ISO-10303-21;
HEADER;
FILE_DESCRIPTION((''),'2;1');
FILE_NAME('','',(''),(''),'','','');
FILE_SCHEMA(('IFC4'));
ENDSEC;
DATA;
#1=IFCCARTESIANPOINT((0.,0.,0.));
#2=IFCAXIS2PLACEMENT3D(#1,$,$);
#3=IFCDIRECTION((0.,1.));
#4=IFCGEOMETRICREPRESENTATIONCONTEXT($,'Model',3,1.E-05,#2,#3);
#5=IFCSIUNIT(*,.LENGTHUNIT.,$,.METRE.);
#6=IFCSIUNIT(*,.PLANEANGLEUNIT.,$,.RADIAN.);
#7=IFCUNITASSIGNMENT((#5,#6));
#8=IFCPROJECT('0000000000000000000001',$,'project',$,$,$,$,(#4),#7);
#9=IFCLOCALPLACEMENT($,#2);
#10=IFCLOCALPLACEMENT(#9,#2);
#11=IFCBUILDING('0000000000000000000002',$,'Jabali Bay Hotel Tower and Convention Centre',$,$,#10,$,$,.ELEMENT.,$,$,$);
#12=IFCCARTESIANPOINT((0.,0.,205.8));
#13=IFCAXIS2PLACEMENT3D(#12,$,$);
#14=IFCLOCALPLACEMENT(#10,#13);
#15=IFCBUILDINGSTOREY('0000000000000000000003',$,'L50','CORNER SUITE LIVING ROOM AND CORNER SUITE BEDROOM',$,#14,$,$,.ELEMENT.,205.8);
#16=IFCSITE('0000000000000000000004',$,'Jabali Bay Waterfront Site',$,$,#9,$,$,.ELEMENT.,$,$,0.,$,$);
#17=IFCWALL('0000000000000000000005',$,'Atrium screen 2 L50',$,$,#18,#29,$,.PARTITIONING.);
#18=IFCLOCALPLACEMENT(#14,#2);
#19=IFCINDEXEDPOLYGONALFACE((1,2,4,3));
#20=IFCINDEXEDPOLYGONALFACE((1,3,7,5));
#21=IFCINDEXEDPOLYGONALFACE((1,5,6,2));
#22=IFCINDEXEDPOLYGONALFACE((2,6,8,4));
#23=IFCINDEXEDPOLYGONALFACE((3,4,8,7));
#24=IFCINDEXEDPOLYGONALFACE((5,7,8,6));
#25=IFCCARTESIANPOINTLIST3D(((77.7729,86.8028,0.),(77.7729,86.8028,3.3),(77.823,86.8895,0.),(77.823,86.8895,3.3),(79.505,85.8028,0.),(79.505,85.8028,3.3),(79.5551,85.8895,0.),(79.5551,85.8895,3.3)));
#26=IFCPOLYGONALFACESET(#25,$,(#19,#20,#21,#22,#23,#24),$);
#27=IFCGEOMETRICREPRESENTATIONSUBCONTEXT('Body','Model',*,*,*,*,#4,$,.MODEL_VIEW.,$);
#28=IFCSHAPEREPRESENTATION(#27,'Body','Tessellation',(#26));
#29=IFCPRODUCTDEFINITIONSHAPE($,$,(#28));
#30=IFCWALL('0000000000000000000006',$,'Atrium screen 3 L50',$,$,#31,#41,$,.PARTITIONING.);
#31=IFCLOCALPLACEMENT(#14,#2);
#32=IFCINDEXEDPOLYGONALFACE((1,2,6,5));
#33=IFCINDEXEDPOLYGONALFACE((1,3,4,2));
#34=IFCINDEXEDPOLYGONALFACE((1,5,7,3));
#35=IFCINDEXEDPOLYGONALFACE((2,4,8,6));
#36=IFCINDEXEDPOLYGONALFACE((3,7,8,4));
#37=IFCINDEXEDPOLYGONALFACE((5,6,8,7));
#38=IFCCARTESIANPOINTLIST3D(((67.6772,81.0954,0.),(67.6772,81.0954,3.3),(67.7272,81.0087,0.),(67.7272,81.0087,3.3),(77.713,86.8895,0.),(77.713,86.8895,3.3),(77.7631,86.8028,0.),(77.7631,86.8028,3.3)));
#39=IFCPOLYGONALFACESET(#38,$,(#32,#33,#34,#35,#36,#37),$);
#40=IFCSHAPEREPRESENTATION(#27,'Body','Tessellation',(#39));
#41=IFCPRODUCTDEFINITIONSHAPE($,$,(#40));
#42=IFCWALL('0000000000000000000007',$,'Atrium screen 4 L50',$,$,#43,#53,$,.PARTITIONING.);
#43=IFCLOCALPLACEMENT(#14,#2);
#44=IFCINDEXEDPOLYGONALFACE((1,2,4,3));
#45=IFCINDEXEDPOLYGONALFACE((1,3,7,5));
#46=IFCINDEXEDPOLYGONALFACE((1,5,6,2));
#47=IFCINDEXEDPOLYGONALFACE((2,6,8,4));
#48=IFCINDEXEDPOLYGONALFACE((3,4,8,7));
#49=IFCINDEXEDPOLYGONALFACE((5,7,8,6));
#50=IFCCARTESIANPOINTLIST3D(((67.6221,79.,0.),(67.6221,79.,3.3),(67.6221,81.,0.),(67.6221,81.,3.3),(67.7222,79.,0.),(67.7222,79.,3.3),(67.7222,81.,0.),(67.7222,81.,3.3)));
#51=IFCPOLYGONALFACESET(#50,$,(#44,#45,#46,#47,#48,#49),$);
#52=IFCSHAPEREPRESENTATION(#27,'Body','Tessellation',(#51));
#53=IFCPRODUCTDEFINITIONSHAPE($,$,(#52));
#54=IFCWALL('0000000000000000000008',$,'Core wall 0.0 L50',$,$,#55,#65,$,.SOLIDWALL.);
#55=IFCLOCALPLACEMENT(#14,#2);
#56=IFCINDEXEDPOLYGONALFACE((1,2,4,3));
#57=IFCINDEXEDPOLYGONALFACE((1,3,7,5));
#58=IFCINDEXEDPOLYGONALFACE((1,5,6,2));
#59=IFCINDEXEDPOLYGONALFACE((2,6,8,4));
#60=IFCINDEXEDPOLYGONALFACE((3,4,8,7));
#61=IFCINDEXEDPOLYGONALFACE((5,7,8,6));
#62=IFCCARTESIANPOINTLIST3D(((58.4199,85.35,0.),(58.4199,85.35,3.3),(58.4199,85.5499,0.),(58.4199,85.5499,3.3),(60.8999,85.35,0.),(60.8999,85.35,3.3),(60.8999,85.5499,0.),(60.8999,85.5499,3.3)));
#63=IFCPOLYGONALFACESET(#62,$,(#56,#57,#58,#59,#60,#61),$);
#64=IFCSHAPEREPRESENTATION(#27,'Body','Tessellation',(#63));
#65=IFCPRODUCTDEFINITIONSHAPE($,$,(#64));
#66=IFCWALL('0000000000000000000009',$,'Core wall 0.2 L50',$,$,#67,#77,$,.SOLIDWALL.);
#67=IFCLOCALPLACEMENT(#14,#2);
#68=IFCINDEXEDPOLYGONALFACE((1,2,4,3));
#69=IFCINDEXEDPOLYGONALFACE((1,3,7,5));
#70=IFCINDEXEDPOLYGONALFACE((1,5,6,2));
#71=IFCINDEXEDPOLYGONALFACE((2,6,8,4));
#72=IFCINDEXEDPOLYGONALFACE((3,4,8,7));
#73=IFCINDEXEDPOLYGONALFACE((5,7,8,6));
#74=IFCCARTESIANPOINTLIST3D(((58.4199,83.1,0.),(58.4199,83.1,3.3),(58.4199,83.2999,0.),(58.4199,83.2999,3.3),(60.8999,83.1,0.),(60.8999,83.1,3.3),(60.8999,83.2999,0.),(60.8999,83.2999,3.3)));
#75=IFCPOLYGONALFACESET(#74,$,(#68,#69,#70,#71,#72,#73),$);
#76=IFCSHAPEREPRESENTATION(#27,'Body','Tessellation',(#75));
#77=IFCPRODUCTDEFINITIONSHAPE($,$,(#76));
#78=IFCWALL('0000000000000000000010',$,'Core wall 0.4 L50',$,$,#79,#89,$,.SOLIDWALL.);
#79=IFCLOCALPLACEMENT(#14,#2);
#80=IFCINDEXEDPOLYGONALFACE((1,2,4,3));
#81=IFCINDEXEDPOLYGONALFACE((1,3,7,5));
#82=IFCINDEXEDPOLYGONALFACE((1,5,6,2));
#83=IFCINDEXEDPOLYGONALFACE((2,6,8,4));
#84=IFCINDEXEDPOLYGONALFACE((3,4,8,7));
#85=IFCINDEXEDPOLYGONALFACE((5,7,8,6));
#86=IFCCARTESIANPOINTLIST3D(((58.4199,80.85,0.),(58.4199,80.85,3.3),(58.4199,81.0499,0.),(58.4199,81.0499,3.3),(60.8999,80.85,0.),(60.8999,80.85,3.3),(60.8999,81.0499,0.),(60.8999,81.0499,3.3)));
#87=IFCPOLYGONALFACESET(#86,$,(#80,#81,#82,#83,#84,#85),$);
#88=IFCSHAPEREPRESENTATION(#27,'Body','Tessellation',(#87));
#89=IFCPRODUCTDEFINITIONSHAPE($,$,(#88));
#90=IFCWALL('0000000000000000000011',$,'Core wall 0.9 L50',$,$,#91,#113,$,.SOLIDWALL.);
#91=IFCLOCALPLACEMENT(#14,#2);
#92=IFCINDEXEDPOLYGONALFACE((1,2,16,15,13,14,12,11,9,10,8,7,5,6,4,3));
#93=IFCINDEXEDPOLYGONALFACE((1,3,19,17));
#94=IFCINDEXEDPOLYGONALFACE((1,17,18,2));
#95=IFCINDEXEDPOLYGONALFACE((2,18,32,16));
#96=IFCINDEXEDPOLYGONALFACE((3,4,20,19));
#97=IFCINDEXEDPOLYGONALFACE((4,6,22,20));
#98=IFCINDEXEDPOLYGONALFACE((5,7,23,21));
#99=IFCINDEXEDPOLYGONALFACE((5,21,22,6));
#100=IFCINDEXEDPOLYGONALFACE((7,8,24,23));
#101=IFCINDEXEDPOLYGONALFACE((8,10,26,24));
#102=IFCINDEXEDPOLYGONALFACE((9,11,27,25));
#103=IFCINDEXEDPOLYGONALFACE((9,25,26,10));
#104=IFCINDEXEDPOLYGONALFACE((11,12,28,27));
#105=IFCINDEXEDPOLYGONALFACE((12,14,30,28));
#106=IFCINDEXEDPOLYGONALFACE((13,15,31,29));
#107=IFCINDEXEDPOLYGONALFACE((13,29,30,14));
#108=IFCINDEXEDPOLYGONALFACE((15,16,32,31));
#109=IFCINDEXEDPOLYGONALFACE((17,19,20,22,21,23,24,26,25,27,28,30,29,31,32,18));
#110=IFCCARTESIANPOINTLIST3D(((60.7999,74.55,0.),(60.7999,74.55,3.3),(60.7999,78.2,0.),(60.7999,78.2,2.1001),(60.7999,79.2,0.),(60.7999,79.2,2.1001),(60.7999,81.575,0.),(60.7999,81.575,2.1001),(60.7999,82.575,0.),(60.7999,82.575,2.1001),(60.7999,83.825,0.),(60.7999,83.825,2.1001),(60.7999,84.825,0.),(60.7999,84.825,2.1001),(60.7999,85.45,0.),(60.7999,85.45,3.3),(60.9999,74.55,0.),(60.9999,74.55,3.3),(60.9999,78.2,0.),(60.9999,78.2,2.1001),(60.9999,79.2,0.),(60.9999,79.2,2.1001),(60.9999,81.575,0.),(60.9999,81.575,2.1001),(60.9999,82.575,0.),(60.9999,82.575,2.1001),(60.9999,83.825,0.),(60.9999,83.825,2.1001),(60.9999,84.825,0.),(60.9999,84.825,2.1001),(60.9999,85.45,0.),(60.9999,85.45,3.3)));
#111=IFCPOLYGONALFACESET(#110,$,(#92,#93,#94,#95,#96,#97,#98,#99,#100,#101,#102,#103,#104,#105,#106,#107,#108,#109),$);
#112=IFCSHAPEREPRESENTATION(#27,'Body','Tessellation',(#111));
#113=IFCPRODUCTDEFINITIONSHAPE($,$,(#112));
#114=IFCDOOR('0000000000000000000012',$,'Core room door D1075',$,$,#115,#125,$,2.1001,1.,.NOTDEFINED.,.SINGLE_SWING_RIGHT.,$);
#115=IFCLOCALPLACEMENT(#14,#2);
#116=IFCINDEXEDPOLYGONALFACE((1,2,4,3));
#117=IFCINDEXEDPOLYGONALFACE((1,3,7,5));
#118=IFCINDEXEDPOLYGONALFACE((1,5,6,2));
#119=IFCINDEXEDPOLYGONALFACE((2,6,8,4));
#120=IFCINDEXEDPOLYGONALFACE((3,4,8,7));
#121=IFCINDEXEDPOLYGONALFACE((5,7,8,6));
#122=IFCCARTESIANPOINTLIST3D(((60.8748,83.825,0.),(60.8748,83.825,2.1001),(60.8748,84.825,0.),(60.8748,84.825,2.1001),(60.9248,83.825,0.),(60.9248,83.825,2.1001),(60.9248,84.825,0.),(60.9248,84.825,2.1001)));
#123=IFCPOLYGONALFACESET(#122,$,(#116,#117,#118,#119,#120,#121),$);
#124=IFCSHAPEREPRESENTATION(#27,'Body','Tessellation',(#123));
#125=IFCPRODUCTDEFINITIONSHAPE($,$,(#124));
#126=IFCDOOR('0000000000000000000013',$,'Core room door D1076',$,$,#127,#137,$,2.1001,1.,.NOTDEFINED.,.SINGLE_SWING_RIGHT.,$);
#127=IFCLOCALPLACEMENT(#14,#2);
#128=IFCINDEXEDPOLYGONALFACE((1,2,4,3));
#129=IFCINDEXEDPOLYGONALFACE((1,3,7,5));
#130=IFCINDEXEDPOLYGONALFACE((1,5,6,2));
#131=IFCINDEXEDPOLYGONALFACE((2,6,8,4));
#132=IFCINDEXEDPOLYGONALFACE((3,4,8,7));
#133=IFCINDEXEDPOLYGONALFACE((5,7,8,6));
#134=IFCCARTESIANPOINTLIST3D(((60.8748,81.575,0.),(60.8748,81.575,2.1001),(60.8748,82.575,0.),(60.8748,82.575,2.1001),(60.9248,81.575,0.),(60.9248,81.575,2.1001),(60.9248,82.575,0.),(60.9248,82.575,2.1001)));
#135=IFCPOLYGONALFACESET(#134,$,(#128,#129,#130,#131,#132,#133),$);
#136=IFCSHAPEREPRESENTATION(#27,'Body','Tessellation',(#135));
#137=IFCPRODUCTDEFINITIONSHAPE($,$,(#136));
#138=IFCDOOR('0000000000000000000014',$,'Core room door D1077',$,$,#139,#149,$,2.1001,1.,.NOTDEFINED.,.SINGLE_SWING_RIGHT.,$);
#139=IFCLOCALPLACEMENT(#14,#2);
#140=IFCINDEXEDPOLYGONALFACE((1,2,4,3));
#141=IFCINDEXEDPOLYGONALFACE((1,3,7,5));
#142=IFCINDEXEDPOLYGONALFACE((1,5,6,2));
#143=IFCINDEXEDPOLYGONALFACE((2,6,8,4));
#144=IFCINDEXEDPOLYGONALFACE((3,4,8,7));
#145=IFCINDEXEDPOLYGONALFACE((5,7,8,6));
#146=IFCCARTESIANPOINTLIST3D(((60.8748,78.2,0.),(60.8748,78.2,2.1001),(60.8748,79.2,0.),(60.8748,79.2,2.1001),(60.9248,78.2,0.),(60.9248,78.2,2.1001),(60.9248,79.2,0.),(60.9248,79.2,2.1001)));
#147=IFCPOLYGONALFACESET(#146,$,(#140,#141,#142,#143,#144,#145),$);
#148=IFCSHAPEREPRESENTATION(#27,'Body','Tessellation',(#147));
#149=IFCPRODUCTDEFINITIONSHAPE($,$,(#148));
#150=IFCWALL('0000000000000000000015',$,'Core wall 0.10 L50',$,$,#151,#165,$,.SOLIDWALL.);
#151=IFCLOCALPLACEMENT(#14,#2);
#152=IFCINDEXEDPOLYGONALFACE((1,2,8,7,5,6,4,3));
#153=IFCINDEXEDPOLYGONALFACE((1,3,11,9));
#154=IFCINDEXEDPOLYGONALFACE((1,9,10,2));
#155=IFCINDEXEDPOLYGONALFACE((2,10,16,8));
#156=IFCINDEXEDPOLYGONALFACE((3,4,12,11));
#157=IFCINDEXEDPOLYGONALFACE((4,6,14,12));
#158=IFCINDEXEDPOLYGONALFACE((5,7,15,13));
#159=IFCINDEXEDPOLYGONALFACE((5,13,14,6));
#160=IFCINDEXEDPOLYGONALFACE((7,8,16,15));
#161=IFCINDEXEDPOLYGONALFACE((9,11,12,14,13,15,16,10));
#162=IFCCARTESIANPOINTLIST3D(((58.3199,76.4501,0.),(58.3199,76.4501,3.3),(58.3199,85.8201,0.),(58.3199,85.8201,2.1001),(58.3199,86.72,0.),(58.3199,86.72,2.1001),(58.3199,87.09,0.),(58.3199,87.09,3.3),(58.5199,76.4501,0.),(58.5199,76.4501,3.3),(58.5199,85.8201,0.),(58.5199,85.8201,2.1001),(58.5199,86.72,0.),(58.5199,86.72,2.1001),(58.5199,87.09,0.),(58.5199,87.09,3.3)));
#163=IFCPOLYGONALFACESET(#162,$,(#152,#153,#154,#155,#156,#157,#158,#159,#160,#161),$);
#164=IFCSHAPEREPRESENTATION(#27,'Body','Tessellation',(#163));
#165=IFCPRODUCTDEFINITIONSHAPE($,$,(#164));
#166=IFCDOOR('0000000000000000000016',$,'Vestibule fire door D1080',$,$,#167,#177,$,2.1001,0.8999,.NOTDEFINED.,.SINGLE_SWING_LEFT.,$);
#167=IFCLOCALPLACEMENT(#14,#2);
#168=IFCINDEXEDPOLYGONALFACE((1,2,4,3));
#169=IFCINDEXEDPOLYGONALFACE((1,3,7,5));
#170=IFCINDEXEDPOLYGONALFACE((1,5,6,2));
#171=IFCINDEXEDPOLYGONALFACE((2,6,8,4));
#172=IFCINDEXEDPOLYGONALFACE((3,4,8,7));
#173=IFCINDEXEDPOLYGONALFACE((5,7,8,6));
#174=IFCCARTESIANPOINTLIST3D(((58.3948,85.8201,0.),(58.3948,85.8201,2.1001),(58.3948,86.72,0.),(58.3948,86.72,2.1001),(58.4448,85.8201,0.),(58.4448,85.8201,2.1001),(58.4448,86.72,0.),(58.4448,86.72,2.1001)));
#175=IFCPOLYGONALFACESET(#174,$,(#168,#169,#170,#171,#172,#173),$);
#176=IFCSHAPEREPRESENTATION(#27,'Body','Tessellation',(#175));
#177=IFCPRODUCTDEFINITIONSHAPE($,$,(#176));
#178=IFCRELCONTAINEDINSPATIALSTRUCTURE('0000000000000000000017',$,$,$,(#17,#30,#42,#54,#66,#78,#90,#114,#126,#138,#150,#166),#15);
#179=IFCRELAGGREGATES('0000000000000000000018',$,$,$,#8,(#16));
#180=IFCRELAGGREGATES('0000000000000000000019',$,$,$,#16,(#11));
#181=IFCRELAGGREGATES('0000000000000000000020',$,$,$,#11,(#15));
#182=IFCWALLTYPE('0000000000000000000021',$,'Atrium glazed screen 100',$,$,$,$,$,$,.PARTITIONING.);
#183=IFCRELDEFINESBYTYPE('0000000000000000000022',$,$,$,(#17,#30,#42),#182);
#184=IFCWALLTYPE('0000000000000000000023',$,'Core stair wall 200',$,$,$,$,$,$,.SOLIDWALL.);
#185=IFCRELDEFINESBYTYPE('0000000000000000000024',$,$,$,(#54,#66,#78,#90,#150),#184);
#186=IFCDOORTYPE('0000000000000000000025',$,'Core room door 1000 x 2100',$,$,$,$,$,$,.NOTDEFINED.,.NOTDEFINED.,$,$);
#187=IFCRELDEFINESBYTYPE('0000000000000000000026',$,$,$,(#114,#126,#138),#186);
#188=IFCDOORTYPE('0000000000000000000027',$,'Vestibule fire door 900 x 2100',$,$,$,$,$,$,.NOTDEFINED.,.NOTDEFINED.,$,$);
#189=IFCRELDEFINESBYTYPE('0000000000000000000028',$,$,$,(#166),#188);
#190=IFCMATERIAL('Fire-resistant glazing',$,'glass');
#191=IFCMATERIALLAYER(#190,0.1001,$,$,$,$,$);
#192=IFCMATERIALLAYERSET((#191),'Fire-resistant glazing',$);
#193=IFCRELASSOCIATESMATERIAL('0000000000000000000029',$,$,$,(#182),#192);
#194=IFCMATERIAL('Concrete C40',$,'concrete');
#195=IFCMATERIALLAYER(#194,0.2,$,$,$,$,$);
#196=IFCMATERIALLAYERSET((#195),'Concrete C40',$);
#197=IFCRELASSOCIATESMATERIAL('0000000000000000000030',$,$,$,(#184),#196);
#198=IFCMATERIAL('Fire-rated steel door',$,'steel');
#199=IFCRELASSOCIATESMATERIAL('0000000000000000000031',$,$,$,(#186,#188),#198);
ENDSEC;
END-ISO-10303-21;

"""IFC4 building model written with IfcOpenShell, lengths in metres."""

from ifc_helpers import new_model, si_unit, direction, frame, frame_2d, origin, place, context, subcontext, project, spatial, rectangle, extrude, material, layer, layer_set, type_object, element, fill, save


model = new_model("IFC4")

# Units and contexts
model_context = context("Model", 3, precision=1e-05, world=origin(), true_north=direction((0.0, 1.0)))
body_context = subcontext(model_context, "Body", "Model", "MODEL_VIEW")
ifc_project = project(units=[si_unit("LENGTHUNIT", "METRE"), si_unit("PLANEANGLEUNIT", "RADIAN")], contexts=[model_context])

# Site, building, storey
site_placement = place(None, origin())
site = spatial("IfcSite", under=ifc_project, at=site_placement, Name="Jabali Bay Waterfront Site", CompositionType="ELEMENT", RefElevation=0.0)
building_placement = place(site_placement, origin())
building = spatial("IfcBuilding", under=site, at=building_placement, Name="Jabali Bay Hotel Tower and Convention Centre", CompositionType="ELEMENT")
storey_placement = place(building_placement, frame((0.0, 0.0, 205.8)))
storey = spatial("IfcBuildingStorey", under=building, at=storey_placement, Name="L50", Description="CORNER SUITE LIVING ROOM AND CORNER SUITE BEDROOM", CompositionType="ELEMENT", Elevation=205.8)

# Walls
ifc_material_1 = material(Name="Fire-resistant glazing", Category="glass")
ifc_layer_1 = layer(ifc_material_1, 0.1001)
ifc_layer_set_1 = layer_set([ifc_layer_1], Name="Fire-resistant glazing")
wall_type_1 = type_object("IfcWallType", Name="Atrium glazed screen 100", PredefinedType="PARTITIONING", material=ifc_layer_set_1)
wall_1_placement = place(storey_placement, frame((79.53, 85.8462, 0.0), z_axis=(0.0, 0.0, 1.0), x_axis=(-0.866041, 0.499973, 0.0)))
element("IfcWall", 1, at=wall_1_placement, inside=storey, type_object=wall_type_1, Name="Atrium screen 2 L50", PredefinedType="PARTITIONING", context=body_context, shape_type="SweptSolid", body=[
    extrude(rectangle(XDim=2.0, YDim=0.1001, at=frame_2d((1.0, 0.0))), origin(), (0.0, 0.0, 1.0), 3.3),
])
wall_2_placement = place(storey_placement, frame((77.738, 86.8462, 0.0), z_axis=(0.0, 0.0, 1.0), x_axis=(-0.866027, -0.499998, 0.0)))
element("IfcWall", 2, at=wall_2_placement, inside=storey, type_object=wall_type_1, Name="Atrium screen 3 L50", PredefinedType="PARTITIONING", context=body_context, shape_type="SweptSolid", body=[
    extrude(rectangle(XDim=11.5884, YDim=0.1001, at=frame_2d((5.7942, 0.0))), origin(), (0.0, 0.0, 1.0), 3.3),
])
wall_3_placement = place(storey_placement, frame((67.6721, 81.0, 0.0), z_axis=(0.0, 0.0, 1.0), x_axis=(0.0, -1.0, 0.0)))
element("IfcWall", 3, at=wall_3_placement, inside=storey, type_object=wall_type_1, Name="Atrium screen 4 L50", PredefinedType="PARTITIONING", context=body_context, shape_type="SweptSolid", body=[
    extrude(rectangle(XDim=2.0, YDim=0.1001, at=frame_2d((1.0, 0.0))), origin(), (0.0, 0.0, 1.0), 3.3),
])
ifc_material_2 = material(Name="Concrete C40", Category="concrete")
ifc_layer_2 = layer(ifc_material_2, 0.2)
ifc_layer_set_2 = layer_set([ifc_layer_2], Name="Concrete C40")
wall_type_2 = type_object("IfcWallType", Name="Core stair wall 200", PredefinedType="SOLIDWALL", material=ifc_layer_set_2)
for number, where, z_axis, x_axis, name in (
    (4, (60.8999, 85.45, 0.0), (0.0, 0.0, 1.0), (-1.0, 0.0, 0.0), "Core wall 0.0 L50"),
    (5, (60.8999, 83.2, 0.0), (0.0, 0.0, 1.0), (-1.0, 0.0, 0.0), "Core wall 0.2 L50"),
    (6, (60.8999, 80.95, 0.0), (0.0, 0.0, 1.0), (-1.0, 0.0, 0.0), "Core wall 0.4 L50"),
):
    element("IfcWall", number, at=place(storey_placement, frame(where, z_axis=z_axis, x_axis=x_axis)), inside=storey, type_object=wall_type_2, Name=name, PredefinedType="SOLIDWALL", context=body_context, shape_type="SweptSolid", body=[
        extrude(rectangle(XDim=2.48, YDim=0.2, at=frame_2d((1.24, 0.0))), origin(), (0.0, 0.0, 1.0), 3.3),
    ])

# Wall, openings, doors
wall_4_placement = place(storey_placement, frame((60.8999, 85.45, 0.0), z_axis=(0.0, 0.0, 1.0), x_axis=(0.0, -1.0, 0.0)))
wall_4 = element("IfcWall", 7, at=wall_4_placement, inside=storey, type_object=wall_type_2, Name="Core wall 0.9 L50", PredefinedType="SOLIDWALL", context=body_context, shape_type="SweptSolid", body=[
    extrude(rectangle(XDim=10.8999, YDim=0.2, at=frame_2d((5.45, 0.0))), origin(), (0.0, 0.0, 1.0), 3.3),
])
opening_1_placement = place(wall_4_placement, frame((0.625, 0.0, 0.0)))
opening_1 = element("IfcOpeningElement", 8, at=opening_1_placement, cuts=wall_4, PredefinedType="OPENING", context=body_context, shape_type="SweptSolid", body=[
    extrude(rectangle(XDim=1.0, YDim=2.1001, at=frame_2d((0.5, 1.05))), frame((0.0, 0.1104, 0.0), z_axis=(0.0, -1.0, 0.0), x_axis=(1.0, 0.0, 0.0)), (0.0, 0.0, 1.0), 0.2209),
])
opening_2_placement = place(wall_4_placement, frame((2.875, 0.0, 0.0)))
opening_2 = element("IfcOpeningElement", 9, at=opening_2_placement, cuts=wall_4, PredefinedType="OPENING", context=body_context, shape_type="SweptSolid", body=[
    extrude(rectangle(XDim=1.0, YDim=2.1001, at=frame_2d((0.5, 1.05))), frame((0.0, 0.1104, 0.0), z_axis=(0.0, -1.0, 0.0), x_axis=(1.0, 0.0, 0.0)), (0.0, 0.0, 1.0), 0.2209),
])
opening_3_placement = place(wall_4_placement, frame((6.25, 0.0, 0.0)))
opening_3 = element("IfcOpeningElement", 10, at=opening_3_placement, cuts=wall_4, PredefinedType="OPENING", context=body_context, shape_type="SweptSolid", body=[
    extrude(rectangle(XDim=1.0, YDim=2.1001, at=frame_2d((0.5, 1.05))), frame((0.0, 0.1104, 0.0), z_axis=(0.0, -1.0, 0.0), x_axis=(1.0, 0.0, 0.0)), (0.0, 0.0, 1.0), 0.2209),
])
ifc_material_3 = material(Name="Fire-rated steel door", Category="steel")
door_type_1 = type_object("IfcDoorType", Name="Core room door 1000 x 2100", OperationType="NOTDEFINED", PredefinedType="NOTDEFINED", material=ifc_material_3)
door_1_placement = place(opening_1_placement, origin())
door_1 = element("IfcDoor", 11, at=door_1_placement, inside=storey, type_object=door_type_1, Name="Core room door D1075", OperationType="SINGLE_SWING_RIGHT", OverallHeight=2.1001, OverallWidth=1.0, PredefinedType="NOTDEFINED", context=body_context, shape_type="SweptSolid", body=[
    extrude(rectangle(XDim=1.0, YDim=2.1001, at=frame_2d((0.5, 1.05))), frame((0.0, 0.0249, 0.0), z_axis=(0.0, -1.0, 0.0), x_axis=(1.0, 0.0, 0.0)), (0.0, 0.0, 1.0), 0.05),
])
fill(opening_1, door_1)
door_2_placement = place(opening_2_placement, origin())
door_2 = element("IfcDoor", 12, at=door_2_placement, inside=storey, type_object=door_type_1, Name="Core room door D1076", OperationType="SINGLE_SWING_RIGHT", OverallHeight=2.1001, OverallWidth=1.0, PredefinedType="NOTDEFINED", context=body_context, shape_type="SweptSolid", body=[
    extrude(rectangle(XDim=1.0, YDim=2.1001, at=frame_2d((0.5, 1.05))), frame((0.0, 0.0249, 0.0), z_axis=(0.0, -1.0, 0.0), x_axis=(1.0, 0.0, 0.0)), (0.0, 0.0, 1.0), 0.05),
])
fill(opening_2, door_2)
door_3_placement = place(opening_3_placement, origin())
door_3 = element("IfcDoor", 13, at=door_3_placement, inside=storey, type_object=door_type_1, Name="Core room door D1077", OperationType="SINGLE_SWING_RIGHT", OverallHeight=2.1001, OverallWidth=1.0, PredefinedType="NOTDEFINED", context=body_context, shape_type="SweptSolid", body=[
    extrude(rectangle(XDim=1.0, YDim=2.1001, at=frame_2d((0.5, 1.05))), frame((0.0, 0.0249, 0.0), z_axis=(0.0, -1.0, 0.0), x_axis=(1.0, 0.0, 0.0)), (0.0, 0.0, 1.0), 0.05),
])
fill(opening_3, door_3)

# Wall, opening, door
wall_5_placement = place(storey_placement, frame((58.4199, 87.0898, 0.0), z_axis=(0.0, 0.0, 1.0), x_axis=(0.0, -1.0, 0.0)))
wall_5 = element("IfcWall", 14, at=wall_5_placement, inside=storey, type_object=wall_type_2, Name="Core wall 0.10 L50", PredefinedType="SOLIDWALL", context=body_context, shape_type="SweptSolid", body=[
    extrude(rectangle(XDim=10.6399, YDim=0.2, at=frame_2d((5.3198, 0.0))), origin(), (0.0, 0.0, 1.0), 3.3),
])
opening_4_placement = place(wall_5_placement, frame((0.3699, 0.0, 0.0)))
opening_4 = element("IfcOpeningElement", 15, at=opening_4_placement, cuts=wall_5, PredefinedType="OPENING", context=body_context, shape_type="SweptSolid", body=[
    extrude(rectangle(XDim=0.8999, YDim=2.1001, at=frame_2d((0.45, 1.05))), frame((0.0, 0.1104, 0.0), z_axis=(0.0, -1.0, 0.0), x_axis=(1.0, 0.0, 0.0)), (0.0, 0.0, 1.0), 0.2209),
])
door_type_2 = type_object("IfcDoorType", Name="Vestibule fire door 900 x 2100", OperationType="NOTDEFINED", PredefinedType="NOTDEFINED", material=ifc_material_3)
door_4_placement = place(opening_4_placement, origin())
door_4 = element("IfcDoor", 16, at=door_4_placement, inside=storey, type_object=door_type_2, Name="Vestibule fire door D1080", OperationType="SINGLE_SWING_LEFT", OverallHeight=2.1001, OverallWidth=0.8999, PredefinedType="NOTDEFINED", context=body_context, shape_type="SweptSolid", body=[
    extrude(rectangle(XDim=0.8999, YDim=2.1001, at=frame_2d((0.45, 1.05))), frame((0.0, 0.0249, 0.0), z_axis=(0.0, -1.0, 0.0), x_axis=(1.0, 0.0, 0.0)), (0.0, 0.0, 1.0), 0.05),
])
fill(opening_4, door_4)

save(model, "model.ifc")
